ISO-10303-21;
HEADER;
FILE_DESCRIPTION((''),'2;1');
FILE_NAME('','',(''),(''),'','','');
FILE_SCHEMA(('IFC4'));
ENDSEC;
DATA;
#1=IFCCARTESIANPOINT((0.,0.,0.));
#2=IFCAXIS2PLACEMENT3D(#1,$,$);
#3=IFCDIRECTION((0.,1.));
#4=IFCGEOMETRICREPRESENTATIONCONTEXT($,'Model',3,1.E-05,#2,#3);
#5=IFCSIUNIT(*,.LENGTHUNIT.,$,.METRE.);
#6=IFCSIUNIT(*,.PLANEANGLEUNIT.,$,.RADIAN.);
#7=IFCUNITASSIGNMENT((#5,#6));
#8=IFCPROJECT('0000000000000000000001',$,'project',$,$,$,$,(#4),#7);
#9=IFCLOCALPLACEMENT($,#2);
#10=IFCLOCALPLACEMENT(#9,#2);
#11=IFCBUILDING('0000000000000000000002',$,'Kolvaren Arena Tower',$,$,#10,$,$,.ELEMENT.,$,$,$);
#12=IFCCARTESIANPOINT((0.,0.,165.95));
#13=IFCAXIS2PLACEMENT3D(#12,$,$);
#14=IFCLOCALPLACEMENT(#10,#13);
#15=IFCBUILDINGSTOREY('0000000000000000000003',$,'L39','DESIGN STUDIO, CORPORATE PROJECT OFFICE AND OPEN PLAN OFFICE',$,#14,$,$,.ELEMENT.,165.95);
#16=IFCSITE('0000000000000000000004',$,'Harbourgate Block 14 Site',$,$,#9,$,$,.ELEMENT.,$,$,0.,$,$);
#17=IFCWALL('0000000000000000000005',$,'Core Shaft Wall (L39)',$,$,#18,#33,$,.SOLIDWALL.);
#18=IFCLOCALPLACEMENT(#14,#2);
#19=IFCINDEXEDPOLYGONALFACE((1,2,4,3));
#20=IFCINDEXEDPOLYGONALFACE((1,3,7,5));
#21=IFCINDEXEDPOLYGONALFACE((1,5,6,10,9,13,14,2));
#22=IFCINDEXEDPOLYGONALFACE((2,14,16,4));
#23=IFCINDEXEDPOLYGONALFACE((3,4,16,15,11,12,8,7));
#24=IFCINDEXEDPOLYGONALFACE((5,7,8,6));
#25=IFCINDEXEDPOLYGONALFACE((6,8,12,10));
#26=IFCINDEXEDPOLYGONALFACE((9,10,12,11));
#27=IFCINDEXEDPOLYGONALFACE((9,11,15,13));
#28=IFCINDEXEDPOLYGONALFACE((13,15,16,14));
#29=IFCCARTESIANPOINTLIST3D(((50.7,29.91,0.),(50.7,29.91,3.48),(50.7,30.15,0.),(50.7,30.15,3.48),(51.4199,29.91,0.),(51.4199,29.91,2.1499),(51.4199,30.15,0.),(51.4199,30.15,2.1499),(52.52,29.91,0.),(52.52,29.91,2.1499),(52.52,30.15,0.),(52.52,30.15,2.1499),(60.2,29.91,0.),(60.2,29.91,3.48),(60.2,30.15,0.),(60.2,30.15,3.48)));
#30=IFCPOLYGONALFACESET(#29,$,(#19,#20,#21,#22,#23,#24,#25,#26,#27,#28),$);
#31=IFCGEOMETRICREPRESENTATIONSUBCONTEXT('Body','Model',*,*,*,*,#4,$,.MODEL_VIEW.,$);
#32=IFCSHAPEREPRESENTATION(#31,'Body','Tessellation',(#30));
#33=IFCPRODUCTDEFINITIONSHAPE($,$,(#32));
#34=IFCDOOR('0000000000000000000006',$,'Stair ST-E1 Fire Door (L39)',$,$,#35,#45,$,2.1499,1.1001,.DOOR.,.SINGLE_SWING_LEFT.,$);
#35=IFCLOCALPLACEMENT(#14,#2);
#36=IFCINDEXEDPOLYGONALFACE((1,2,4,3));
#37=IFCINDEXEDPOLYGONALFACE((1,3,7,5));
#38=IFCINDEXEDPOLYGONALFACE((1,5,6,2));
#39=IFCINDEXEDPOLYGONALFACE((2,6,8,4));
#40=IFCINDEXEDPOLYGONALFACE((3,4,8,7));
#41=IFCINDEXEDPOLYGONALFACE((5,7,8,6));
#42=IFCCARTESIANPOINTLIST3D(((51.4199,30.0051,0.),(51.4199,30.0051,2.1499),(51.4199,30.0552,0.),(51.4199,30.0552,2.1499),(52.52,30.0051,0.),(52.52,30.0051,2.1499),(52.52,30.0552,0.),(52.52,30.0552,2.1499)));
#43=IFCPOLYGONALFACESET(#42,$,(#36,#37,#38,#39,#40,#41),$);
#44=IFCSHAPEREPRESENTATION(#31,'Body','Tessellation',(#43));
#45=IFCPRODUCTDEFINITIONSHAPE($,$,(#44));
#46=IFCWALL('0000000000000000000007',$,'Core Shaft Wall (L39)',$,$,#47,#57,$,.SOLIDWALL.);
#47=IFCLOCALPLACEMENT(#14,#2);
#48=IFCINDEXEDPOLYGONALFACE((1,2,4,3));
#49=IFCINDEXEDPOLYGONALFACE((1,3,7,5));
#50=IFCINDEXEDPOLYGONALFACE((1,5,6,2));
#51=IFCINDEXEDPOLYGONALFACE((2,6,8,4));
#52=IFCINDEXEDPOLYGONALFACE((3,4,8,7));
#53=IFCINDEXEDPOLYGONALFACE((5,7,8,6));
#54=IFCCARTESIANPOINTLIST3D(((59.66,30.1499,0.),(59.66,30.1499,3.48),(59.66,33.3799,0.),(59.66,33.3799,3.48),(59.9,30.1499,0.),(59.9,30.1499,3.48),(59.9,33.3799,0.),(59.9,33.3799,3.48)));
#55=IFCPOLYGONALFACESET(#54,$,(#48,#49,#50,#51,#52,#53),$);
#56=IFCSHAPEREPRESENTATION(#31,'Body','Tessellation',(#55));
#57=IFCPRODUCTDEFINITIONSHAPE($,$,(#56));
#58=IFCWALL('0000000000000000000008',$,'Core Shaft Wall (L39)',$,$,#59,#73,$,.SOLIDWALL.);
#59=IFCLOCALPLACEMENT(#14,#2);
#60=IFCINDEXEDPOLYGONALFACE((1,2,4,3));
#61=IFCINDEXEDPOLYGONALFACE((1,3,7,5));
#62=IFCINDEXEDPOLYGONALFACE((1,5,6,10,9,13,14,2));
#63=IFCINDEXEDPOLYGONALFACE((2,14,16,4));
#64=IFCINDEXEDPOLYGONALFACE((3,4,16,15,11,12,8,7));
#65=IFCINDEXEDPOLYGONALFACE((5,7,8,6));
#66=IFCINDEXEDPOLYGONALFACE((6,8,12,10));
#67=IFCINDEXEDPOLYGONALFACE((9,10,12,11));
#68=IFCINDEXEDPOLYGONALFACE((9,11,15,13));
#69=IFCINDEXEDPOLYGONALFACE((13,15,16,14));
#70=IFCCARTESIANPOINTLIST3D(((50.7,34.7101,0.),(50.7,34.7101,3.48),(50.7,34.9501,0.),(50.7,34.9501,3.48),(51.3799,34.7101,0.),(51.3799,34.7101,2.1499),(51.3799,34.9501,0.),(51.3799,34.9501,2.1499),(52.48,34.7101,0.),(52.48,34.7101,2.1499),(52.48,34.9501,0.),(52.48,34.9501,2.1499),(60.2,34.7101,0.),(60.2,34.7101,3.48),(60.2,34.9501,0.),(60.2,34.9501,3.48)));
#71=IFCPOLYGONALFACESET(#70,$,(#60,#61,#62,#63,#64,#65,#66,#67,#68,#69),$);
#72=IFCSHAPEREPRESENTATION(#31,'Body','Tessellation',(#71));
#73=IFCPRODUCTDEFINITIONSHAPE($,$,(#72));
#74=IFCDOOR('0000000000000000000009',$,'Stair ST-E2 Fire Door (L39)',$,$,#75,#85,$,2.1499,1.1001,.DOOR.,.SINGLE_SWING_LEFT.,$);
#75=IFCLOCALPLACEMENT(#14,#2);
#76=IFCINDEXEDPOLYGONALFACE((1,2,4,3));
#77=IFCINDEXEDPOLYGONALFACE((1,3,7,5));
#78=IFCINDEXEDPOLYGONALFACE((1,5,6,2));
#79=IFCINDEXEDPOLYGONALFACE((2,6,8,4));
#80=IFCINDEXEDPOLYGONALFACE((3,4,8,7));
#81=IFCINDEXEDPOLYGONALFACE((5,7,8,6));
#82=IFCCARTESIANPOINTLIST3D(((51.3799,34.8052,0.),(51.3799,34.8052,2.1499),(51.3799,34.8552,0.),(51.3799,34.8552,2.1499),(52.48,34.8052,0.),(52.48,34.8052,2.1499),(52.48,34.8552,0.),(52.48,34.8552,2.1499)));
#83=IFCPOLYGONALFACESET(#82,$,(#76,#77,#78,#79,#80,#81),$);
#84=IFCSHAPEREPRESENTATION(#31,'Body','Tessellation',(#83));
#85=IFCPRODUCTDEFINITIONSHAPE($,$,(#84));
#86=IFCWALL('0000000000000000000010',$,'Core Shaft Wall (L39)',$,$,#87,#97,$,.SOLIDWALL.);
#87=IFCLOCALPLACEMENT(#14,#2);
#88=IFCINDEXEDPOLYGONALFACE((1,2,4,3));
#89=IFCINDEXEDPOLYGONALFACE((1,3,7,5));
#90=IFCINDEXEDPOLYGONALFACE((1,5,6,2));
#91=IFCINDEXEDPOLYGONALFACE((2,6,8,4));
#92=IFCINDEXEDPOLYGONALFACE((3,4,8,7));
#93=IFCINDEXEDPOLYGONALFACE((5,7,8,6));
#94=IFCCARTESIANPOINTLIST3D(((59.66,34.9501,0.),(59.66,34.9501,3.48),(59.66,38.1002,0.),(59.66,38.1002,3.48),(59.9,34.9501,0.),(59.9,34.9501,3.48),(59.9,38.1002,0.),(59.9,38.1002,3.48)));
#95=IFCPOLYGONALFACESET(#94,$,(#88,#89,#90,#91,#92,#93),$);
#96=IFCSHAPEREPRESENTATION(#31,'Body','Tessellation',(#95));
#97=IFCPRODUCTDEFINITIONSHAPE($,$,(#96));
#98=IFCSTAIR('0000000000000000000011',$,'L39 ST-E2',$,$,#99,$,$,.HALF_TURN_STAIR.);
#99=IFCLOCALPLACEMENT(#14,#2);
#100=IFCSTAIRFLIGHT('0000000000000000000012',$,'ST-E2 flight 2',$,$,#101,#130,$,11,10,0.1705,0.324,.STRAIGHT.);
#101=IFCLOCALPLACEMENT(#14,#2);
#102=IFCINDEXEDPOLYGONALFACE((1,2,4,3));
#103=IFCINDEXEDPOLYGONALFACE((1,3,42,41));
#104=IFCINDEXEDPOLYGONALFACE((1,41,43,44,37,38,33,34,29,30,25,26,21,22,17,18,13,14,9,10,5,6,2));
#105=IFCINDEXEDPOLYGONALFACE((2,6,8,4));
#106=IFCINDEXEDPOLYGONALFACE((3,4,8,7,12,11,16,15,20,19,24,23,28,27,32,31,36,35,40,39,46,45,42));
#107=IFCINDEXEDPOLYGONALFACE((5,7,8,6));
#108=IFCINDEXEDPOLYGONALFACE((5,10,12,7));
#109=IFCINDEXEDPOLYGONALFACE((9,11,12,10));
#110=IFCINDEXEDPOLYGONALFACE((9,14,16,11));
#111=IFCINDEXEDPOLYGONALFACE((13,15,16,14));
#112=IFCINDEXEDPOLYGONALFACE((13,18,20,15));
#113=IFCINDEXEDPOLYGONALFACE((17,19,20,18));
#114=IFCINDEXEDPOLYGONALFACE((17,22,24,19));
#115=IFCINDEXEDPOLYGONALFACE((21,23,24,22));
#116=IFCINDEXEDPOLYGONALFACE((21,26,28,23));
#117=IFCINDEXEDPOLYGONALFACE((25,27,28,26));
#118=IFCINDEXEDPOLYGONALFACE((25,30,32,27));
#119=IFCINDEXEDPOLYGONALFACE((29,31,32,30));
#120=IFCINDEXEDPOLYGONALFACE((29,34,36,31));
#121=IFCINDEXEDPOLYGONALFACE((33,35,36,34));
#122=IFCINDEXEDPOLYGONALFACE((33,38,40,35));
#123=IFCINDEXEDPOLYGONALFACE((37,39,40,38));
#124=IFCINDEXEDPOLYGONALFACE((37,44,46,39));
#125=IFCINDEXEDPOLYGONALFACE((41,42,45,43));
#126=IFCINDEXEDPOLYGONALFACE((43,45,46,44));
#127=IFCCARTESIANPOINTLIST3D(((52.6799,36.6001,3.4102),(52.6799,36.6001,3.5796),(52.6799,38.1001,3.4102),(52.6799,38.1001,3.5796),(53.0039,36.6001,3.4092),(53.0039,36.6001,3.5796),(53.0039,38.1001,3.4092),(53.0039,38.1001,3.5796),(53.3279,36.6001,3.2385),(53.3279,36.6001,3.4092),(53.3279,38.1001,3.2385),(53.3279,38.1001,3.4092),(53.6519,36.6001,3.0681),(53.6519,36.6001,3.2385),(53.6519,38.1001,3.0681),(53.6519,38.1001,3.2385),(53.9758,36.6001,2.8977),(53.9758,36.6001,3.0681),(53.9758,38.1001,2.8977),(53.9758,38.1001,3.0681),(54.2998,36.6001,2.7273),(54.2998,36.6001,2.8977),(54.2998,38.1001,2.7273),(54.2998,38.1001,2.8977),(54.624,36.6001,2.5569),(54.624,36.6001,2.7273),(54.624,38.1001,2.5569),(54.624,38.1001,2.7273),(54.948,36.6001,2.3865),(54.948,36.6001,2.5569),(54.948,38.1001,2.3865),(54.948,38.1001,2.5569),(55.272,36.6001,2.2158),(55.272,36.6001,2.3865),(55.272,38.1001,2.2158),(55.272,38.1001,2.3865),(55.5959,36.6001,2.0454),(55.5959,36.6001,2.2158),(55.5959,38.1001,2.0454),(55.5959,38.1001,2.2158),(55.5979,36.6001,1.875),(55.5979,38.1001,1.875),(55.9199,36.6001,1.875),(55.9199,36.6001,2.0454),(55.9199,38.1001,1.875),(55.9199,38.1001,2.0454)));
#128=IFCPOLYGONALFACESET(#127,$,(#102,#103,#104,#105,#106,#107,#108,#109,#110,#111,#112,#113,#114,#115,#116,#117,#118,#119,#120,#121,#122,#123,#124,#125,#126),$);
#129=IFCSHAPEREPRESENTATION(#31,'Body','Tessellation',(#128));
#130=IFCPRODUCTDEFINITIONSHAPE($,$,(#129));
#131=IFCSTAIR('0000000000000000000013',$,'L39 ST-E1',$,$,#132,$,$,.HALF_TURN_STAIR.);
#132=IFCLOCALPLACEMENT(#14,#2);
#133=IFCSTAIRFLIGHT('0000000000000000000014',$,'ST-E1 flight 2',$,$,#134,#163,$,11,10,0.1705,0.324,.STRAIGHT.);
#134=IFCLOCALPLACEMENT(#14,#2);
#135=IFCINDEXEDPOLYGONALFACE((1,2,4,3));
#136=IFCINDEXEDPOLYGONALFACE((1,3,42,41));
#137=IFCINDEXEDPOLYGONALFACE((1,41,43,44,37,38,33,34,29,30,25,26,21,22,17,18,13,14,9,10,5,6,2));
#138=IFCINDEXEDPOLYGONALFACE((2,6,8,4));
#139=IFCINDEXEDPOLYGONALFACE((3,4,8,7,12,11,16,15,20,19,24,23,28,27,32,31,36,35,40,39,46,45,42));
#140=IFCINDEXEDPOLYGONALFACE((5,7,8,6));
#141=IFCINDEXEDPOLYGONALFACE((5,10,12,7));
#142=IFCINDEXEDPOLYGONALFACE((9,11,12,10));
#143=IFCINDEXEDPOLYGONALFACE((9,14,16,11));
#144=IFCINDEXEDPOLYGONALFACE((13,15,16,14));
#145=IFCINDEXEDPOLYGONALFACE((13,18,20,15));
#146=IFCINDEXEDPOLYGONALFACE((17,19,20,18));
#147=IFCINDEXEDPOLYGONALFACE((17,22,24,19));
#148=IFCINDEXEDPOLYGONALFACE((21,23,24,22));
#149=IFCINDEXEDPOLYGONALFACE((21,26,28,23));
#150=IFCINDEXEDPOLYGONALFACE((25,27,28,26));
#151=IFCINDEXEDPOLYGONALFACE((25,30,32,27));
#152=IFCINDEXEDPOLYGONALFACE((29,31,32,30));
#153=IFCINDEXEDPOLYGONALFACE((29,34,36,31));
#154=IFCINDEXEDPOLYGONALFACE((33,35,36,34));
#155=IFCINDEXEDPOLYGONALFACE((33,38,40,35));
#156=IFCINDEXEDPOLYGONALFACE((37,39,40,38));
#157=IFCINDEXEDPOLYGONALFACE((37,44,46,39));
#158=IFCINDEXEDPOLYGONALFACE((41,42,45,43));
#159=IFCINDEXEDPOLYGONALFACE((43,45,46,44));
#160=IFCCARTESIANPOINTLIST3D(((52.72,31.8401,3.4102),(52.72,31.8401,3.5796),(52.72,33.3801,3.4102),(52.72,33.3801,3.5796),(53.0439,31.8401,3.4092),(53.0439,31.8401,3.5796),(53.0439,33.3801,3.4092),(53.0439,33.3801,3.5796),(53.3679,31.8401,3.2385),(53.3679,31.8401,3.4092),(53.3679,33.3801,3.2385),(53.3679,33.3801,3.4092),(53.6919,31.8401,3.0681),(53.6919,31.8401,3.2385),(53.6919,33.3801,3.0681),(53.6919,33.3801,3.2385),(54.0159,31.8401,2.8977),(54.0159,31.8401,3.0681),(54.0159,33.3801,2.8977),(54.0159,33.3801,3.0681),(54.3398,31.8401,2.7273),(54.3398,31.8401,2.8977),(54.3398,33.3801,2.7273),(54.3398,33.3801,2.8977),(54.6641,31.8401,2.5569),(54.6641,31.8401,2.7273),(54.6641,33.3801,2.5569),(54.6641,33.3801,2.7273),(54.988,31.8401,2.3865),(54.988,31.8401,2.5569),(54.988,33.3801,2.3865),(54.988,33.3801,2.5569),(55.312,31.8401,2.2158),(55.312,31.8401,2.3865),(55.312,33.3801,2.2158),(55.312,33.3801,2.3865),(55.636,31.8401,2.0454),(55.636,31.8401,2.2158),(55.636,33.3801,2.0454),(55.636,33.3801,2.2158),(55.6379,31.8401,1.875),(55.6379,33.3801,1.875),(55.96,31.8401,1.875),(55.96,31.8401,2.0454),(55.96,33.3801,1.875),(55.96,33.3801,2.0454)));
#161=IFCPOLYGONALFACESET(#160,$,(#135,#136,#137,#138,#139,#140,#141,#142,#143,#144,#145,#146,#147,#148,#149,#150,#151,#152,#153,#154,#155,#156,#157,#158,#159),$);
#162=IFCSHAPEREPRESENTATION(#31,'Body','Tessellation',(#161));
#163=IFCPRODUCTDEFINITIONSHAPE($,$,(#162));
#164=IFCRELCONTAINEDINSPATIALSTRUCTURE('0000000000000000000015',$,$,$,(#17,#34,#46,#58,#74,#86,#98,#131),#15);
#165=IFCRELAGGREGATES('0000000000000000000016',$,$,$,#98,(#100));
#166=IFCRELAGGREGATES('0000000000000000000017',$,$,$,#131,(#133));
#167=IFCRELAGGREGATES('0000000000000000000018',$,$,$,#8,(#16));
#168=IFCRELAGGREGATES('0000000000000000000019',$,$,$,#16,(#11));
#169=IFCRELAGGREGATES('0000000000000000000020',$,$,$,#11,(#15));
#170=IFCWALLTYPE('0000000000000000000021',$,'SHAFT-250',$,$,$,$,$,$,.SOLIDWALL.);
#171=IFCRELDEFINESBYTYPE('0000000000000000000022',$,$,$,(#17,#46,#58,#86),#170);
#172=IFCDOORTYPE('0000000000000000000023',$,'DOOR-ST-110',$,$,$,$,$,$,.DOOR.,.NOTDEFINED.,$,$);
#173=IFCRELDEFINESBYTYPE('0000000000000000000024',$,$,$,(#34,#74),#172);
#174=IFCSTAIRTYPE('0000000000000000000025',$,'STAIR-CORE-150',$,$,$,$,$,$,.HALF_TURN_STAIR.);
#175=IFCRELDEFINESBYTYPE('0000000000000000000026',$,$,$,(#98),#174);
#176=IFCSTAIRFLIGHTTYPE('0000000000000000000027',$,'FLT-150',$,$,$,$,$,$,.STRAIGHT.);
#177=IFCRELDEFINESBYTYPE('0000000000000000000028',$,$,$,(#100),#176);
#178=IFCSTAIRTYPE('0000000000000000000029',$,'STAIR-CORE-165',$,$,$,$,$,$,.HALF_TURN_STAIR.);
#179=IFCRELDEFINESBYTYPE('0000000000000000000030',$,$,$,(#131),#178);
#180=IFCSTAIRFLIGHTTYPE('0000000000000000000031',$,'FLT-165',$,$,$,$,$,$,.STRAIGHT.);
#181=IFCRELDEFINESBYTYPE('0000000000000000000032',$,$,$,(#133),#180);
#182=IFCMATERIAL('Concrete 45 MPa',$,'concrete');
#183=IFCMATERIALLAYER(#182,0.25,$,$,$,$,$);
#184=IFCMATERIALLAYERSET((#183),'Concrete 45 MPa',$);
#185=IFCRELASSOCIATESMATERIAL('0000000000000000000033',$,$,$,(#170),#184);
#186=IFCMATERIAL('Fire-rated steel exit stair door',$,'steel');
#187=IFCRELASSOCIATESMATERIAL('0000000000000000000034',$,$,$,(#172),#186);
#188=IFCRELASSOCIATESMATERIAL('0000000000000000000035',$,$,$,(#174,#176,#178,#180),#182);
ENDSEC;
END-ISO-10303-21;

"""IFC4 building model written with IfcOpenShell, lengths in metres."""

from ifc_helpers import new_model, si_unit, direction, frame, frame_2d, origin, place, context, subcontext, project, spatial, polyline, rectangle, outline, extrude, material, layer, layer_set, type_object, element, fill, aggregate, save


model = new_model("IFC4")

# Units and contexts
model_context = context("Model", 3, precision=1e-05, world=origin(), true_north=direction((0.0, 1.0)))
body_context = subcontext(model_context, "Body", "Model", "MODEL_VIEW")
ifc_project = project(units=[si_unit("LENGTHUNIT", "METRE"), si_unit("PLANEANGLEUNIT", "RADIAN")], contexts=[model_context])

# Site, building, storey
site_placement = place(None, origin())
site = spatial("IfcSite", under=ifc_project, at=site_placement, Name="Harbourgate Block 14 Site", CompositionType="ELEMENT", RefElevation=0.0)
building_placement = place(site_placement, origin())
building = spatial("IfcBuilding", under=site, at=building_placement, Name="Kolvaren Arena Tower", CompositionType="ELEMENT")
storey_placement = place(building_placement, frame((0.0, 0.0, 165.95)))
storey = spatial("IfcBuildingStorey", under=building, at=storey_placement, Name="L39", Description="DESIGN STUDIO, CORPORATE PROJECT OFFICE AND OPEN PLAN OFFICE", CompositionType="ELEMENT", Elevation=165.95)

# Wall, opening, door
ifc_material_1 = material(Name="Concrete 45 MPa", Category="concrete")
ifc_layer = layer(ifc_material_1, 0.25)
ifc_layer_set = layer_set([ifc_layer], Name="Concrete 45 MPa")
wall_type = type_object("IfcWallType", Name="SHAFT-250", PredefinedType="SOLIDWALL", material=ifc_layer_set)
wall_1_placement = place(storey_placement, frame((60.2, 30.03, 0.0), z_axis=(0.0, 0.0, 1.0), x_axis=(-1.0, 0.0, 0.0)))
wall_1 = element("IfcWall", 1, at=wall_1_placement, inside=storey, type_object=wall_type, Name="Core Shaft Wall (L39)", PredefinedType="SOLIDWALL", context=body_context, shape_type="SweptSolid", body=[
    extrude(rectangle(XDim=9.5, YDim=0.24, at=frame_2d((4.75, 0.0))), origin(), (0.0, 0.0, 1.0), 3.48),
])
opening_1_placement = place(wall_1_placement, frame((7.6799, 0.0, 0.0)))
opening_1 = element("IfcOpeningElement", 2, at=opening_1_placement, cuts=wall_1, PredefinedType="OPENING", context=body_context, shape_type="SweptSolid", body=[
    extrude(rectangle(XDim=1.1001, YDim=2.1499, at=frame_2d((0.55, 1.075))), frame((0.0, 0.1299, 0.0), z_axis=(0.0, -1.0, 0.0), x_axis=(1.0, 0.0, 0.0)), (0.0, 0.0, 1.0), 0.26),
])
ifc_material_2 = material(Name="Fire-rated steel exit stair door", Category="steel")
door_type = type_object("IfcDoorType", Name="DOOR-ST-110", OperationType="NOTDEFINED", PredefinedType="DOOR", material=ifc_material_2)
door_1_placement = place(opening_1_placement, origin())
door_1 = element("IfcDoor", 3, at=door_1_placement, inside=storey, type_object=door_type, Name="Stair ST-E1 Fire Door (L39)", OperationType="SINGLE_SWING_LEFT", OverallHeight=2.1499, OverallWidth=1.1001, PredefinedType="DOOR", context=body_context, shape_type="SweptSolid", body=[
    extrude(rectangle(XDim=1.1001, YDim=2.1499, at=frame_2d((0.55, 1.075))), frame((0.0, 0.0249, 0.0), z_axis=(0.0, -1.0, 0.0), x_axis=(1.0, 0.0, 0.0)), (0.0, 0.0, 1.0), 0.05),
])
fill(opening_1, door_1)

# Wall
wall_2_placement = place(storey_placement, frame((59.78, 30.1499, 0.0), z_axis=(0.0, 0.0, 1.0), x_axis=(0.0, 1.0, 0.0)))
element("IfcWall", 4, at=wall_2_placement, inside=storey, type_object=wall_type, Name="Core Shaft Wall (L39)", PredefinedType="SOLIDWALL", context=body_context, shape_type="SweptSolid", body=[
    extrude(rectangle(XDim=3.23, YDim=0.24, at=frame_2d((1.615, 0.0))), origin(), (0.0, 0.0, 1.0), 3.48),
])

# Wall, opening, door
wall_3_placement = place(storey_placement, frame((60.2, 34.8301, 0.0), z_axis=(0.0, 0.0, 1.0), x_axis=(-1.0, 0.0, 0.0)))
wall_3 = element("IfcWall", 5, at=wall_3_placement, inside=storey, type_object=wall_type, Name="Core Shaft Wall (L39)", PredefinedType="SOLIDWALL", context=body_context, shape_type="SweptSolid", body=[
    extrude(rectangle(XDim=9.5, YDim=0.24, at=frame_2d((4.75, 0.0))), origin(), (0.0, 0.0, 1.0), 3.48),
])
opening_2_placement = place(wall_3_placement, frame((7.72, 0.0, 0.0)))
opening_2 = element("IfcOpeningElement", 6, at=opening_2_placement, cuts=wall_3, PredefinedType="OPENING", context=body_context, shape_type="SweptSolid", body=[
    extrude(rectangle(XDim=1.1001, YDim=2.1499, at=frame_2d((0.55, 1.075))), frame((0.0, 0.1299, 0.0), z_axis=(0.0, -1.0, 0.0), x_axis=(1.0, 0.0, 0.0)), (0.0, 0.0, 1.0), 0.26),
])
door_2_placement = place(opening_2_placement, origin())
door_2 = element("IfcDoor", 7, at=door_2_placement, inside=storey, type_object=door_type, Name="Stair ST-E2 Fire Door (L39)", OperationType="SINGLE_SWING_LEFT", OverallHeight=2.1499, OverallWidth=1.1001, PredefinedType="DOOR", context=body_context, shape_type="SweptSolid", body=[
    extrude(rectangle(XDim=1.1001, YDim=2.1499, at=frame_2d((0.55, 1.075))), frame((0.0, 0.0249, 0.0), z_axis=(0.0, -1.0, 0.0), x_axis=(1.0, 0.0, 0.0)), (0.0, 0.0, 1.0), 0.05),
])
fill(opening_2, door_2)

# Wall
wall_4_placement = place(storey_placement, frame((59.78, 34.95, 0.0), z_axis=(0.0, 0.0, 1.0), x_axis=(0.0, 1.0, 0.0)))
element("IfcWall", 8, at=wall_4_placement, inside=storey, type_object=wall_type, Name="Core Shaft Wall (L39)", PredefinedType="SOLIDWALL", context=body_context, shape_type="SweptSolid", body=[
    extrude(rectangle(XDim=3.1501, YDim=0.24, at=frame_2d((1.5752, 0.0))), origin(), (0.0, 0.0, 1.0), 3.48),
])

# Stairs, stair flights
stair_type_1 = type_object("IfcStairType", Name="STAIR-CORE-150", PredefinedType="HALF_TURN_STAIR", material=ifc_material_1)
stair_1_placement = place(storey_placement, origin())
stair_1 = element("IfcStair", 9, at=stair_1_placement, inside=storey, type_object=stair_type_1, Name="L39 ST-E2", PredefinedType="HALF_TURN_STAIR")
stair_flight_type_1 = type_object("IfcStairFlightType", Name="FLT-150", PredefinedType="STRAIGHT", material=ifc_material_1)
stair_flight_1_placement = place(storey_placement, frame((55.9199, 37.3501, 1.875), z_axis=(0.0, 0.0, 1.0), x_axis=(-1.0, 0.0, 0.0)))
stair_flight_1 = element("IfcStairFlight", 10, at=stair_flight_1_placement, type_object=stair_flight_type_1, Name="ST-E2 flight 2", NumberOfRisers=11, NumberOfTreads=10, PredefinedType="STRAIGHT", RiserHeight=0.1705, TreadLength=0.324, context=body_context, shape_type="SweptSolid", body=[
    extrude(outline(polyline([(0.0, 0.0), (0.0, 0.1704), (0.324, 0.1704), (0.324, 0.3408), (0.6479, 0.3408), (0.6479, 0.5115), (0.9719, 0.5115), (0.9719, 0.6819), (1.2959, 0.6819), (1.2959, 0.8523), (1.6201, 0.8523), (1.6201, 1.0227), (1.9441, 1.0227), (1.9441, 1.1931), (2.2681, 1.1931), (2.2681, 1.3635), (2.592, 1.3635), (2.592, 1.5342), (2.916, 1.5342), (2.916, 1.7046), (3.24, 1.7046), (3.24, 1.875), (3.24, 1.5352), (0.322, 0.0), (0.0, 0.0)])), frame((0.0, 0.75, 0.0), z_axis=(0.0, -1.0, 0.0), x_axis=(1.0, 0.0, 0.0)), (0.0, 0.0, 1.0), 1.5),
])
aggregate(stair_1, [stair_flight_1])
stair_type_2 = type_object("IfcStairType", Name="STAIR-CORE-165", PredefinedType="HALF_TURN_STAIR", material=ifc_material_1)
stair_2_placement = place(storey_placement, origin())
stair_2 = element("IfcStair", 11, at=stair_2_placement, inside=storey, type_object=stair_type_2, Name="L39 ST-E1", PredefinedType="HALF_TURN_STAIR")
stair_flight_type_2 = type_object("IfcStairFlightType", Name="FLT-165", PredefinedType="STRAIGHT", material=ifc_material_1)
stair_flight_2_placement = place(storey_placement, frame((55.96, 32.6101, 1.875), z_axis=(0.0, 0.0, 1.0), x_axis=(-1.0, 0.0, 0.0)))
stair_flight_2 = element("IfcStairFlight", 12, at=stair_flight_2_placement, type_object=stair_flight_type_2, Name="ST-E1 flight 2", NumberOfRisers=11, NumberOfTreads=10, PredefinedType="STRAIGHT", RiserHeight=0.1705, TreadLength=0.324, context=body_context, shape_type="SweptSolid", body=[
    extrude(outline(polyline([(0.0, 0.0), (0.0, 0.1704), (0.324, 0.1704), (0.324, 0.3408), (0.6479, 0.3408), (0.6479, 0.5115), (0.9719, 0.5115), (0.9719, 0.6819), (1.2959, 0.6819), (1.2959, 0.8523), (1.6201, 0.8523), (1.6201, 1.0227), (1.9441, 1.0227), (1.9441, 1.1931), (2.2681, 1.1931), (2.2681, 1.3635), (2.592, 1.3635), (2.592, 1.5342), (2.916, 1.5342), (2.916, 1.7046), (3.24, 1.7046), (3.24, 1.875), (3.24, 1.5352), (0.322, 0.0), (0.0, 0.0)])), frame((0.0, 0.77, 0.0), z_axis=(0.0, -1.0, 0.0), x_axis=(1.0, 0.0, 0.0)), (0.0, 0.0, 1.0), 1.54),
])
aggregate(stair_2, [stair_flight_2])

save(model, "model.ifc")
